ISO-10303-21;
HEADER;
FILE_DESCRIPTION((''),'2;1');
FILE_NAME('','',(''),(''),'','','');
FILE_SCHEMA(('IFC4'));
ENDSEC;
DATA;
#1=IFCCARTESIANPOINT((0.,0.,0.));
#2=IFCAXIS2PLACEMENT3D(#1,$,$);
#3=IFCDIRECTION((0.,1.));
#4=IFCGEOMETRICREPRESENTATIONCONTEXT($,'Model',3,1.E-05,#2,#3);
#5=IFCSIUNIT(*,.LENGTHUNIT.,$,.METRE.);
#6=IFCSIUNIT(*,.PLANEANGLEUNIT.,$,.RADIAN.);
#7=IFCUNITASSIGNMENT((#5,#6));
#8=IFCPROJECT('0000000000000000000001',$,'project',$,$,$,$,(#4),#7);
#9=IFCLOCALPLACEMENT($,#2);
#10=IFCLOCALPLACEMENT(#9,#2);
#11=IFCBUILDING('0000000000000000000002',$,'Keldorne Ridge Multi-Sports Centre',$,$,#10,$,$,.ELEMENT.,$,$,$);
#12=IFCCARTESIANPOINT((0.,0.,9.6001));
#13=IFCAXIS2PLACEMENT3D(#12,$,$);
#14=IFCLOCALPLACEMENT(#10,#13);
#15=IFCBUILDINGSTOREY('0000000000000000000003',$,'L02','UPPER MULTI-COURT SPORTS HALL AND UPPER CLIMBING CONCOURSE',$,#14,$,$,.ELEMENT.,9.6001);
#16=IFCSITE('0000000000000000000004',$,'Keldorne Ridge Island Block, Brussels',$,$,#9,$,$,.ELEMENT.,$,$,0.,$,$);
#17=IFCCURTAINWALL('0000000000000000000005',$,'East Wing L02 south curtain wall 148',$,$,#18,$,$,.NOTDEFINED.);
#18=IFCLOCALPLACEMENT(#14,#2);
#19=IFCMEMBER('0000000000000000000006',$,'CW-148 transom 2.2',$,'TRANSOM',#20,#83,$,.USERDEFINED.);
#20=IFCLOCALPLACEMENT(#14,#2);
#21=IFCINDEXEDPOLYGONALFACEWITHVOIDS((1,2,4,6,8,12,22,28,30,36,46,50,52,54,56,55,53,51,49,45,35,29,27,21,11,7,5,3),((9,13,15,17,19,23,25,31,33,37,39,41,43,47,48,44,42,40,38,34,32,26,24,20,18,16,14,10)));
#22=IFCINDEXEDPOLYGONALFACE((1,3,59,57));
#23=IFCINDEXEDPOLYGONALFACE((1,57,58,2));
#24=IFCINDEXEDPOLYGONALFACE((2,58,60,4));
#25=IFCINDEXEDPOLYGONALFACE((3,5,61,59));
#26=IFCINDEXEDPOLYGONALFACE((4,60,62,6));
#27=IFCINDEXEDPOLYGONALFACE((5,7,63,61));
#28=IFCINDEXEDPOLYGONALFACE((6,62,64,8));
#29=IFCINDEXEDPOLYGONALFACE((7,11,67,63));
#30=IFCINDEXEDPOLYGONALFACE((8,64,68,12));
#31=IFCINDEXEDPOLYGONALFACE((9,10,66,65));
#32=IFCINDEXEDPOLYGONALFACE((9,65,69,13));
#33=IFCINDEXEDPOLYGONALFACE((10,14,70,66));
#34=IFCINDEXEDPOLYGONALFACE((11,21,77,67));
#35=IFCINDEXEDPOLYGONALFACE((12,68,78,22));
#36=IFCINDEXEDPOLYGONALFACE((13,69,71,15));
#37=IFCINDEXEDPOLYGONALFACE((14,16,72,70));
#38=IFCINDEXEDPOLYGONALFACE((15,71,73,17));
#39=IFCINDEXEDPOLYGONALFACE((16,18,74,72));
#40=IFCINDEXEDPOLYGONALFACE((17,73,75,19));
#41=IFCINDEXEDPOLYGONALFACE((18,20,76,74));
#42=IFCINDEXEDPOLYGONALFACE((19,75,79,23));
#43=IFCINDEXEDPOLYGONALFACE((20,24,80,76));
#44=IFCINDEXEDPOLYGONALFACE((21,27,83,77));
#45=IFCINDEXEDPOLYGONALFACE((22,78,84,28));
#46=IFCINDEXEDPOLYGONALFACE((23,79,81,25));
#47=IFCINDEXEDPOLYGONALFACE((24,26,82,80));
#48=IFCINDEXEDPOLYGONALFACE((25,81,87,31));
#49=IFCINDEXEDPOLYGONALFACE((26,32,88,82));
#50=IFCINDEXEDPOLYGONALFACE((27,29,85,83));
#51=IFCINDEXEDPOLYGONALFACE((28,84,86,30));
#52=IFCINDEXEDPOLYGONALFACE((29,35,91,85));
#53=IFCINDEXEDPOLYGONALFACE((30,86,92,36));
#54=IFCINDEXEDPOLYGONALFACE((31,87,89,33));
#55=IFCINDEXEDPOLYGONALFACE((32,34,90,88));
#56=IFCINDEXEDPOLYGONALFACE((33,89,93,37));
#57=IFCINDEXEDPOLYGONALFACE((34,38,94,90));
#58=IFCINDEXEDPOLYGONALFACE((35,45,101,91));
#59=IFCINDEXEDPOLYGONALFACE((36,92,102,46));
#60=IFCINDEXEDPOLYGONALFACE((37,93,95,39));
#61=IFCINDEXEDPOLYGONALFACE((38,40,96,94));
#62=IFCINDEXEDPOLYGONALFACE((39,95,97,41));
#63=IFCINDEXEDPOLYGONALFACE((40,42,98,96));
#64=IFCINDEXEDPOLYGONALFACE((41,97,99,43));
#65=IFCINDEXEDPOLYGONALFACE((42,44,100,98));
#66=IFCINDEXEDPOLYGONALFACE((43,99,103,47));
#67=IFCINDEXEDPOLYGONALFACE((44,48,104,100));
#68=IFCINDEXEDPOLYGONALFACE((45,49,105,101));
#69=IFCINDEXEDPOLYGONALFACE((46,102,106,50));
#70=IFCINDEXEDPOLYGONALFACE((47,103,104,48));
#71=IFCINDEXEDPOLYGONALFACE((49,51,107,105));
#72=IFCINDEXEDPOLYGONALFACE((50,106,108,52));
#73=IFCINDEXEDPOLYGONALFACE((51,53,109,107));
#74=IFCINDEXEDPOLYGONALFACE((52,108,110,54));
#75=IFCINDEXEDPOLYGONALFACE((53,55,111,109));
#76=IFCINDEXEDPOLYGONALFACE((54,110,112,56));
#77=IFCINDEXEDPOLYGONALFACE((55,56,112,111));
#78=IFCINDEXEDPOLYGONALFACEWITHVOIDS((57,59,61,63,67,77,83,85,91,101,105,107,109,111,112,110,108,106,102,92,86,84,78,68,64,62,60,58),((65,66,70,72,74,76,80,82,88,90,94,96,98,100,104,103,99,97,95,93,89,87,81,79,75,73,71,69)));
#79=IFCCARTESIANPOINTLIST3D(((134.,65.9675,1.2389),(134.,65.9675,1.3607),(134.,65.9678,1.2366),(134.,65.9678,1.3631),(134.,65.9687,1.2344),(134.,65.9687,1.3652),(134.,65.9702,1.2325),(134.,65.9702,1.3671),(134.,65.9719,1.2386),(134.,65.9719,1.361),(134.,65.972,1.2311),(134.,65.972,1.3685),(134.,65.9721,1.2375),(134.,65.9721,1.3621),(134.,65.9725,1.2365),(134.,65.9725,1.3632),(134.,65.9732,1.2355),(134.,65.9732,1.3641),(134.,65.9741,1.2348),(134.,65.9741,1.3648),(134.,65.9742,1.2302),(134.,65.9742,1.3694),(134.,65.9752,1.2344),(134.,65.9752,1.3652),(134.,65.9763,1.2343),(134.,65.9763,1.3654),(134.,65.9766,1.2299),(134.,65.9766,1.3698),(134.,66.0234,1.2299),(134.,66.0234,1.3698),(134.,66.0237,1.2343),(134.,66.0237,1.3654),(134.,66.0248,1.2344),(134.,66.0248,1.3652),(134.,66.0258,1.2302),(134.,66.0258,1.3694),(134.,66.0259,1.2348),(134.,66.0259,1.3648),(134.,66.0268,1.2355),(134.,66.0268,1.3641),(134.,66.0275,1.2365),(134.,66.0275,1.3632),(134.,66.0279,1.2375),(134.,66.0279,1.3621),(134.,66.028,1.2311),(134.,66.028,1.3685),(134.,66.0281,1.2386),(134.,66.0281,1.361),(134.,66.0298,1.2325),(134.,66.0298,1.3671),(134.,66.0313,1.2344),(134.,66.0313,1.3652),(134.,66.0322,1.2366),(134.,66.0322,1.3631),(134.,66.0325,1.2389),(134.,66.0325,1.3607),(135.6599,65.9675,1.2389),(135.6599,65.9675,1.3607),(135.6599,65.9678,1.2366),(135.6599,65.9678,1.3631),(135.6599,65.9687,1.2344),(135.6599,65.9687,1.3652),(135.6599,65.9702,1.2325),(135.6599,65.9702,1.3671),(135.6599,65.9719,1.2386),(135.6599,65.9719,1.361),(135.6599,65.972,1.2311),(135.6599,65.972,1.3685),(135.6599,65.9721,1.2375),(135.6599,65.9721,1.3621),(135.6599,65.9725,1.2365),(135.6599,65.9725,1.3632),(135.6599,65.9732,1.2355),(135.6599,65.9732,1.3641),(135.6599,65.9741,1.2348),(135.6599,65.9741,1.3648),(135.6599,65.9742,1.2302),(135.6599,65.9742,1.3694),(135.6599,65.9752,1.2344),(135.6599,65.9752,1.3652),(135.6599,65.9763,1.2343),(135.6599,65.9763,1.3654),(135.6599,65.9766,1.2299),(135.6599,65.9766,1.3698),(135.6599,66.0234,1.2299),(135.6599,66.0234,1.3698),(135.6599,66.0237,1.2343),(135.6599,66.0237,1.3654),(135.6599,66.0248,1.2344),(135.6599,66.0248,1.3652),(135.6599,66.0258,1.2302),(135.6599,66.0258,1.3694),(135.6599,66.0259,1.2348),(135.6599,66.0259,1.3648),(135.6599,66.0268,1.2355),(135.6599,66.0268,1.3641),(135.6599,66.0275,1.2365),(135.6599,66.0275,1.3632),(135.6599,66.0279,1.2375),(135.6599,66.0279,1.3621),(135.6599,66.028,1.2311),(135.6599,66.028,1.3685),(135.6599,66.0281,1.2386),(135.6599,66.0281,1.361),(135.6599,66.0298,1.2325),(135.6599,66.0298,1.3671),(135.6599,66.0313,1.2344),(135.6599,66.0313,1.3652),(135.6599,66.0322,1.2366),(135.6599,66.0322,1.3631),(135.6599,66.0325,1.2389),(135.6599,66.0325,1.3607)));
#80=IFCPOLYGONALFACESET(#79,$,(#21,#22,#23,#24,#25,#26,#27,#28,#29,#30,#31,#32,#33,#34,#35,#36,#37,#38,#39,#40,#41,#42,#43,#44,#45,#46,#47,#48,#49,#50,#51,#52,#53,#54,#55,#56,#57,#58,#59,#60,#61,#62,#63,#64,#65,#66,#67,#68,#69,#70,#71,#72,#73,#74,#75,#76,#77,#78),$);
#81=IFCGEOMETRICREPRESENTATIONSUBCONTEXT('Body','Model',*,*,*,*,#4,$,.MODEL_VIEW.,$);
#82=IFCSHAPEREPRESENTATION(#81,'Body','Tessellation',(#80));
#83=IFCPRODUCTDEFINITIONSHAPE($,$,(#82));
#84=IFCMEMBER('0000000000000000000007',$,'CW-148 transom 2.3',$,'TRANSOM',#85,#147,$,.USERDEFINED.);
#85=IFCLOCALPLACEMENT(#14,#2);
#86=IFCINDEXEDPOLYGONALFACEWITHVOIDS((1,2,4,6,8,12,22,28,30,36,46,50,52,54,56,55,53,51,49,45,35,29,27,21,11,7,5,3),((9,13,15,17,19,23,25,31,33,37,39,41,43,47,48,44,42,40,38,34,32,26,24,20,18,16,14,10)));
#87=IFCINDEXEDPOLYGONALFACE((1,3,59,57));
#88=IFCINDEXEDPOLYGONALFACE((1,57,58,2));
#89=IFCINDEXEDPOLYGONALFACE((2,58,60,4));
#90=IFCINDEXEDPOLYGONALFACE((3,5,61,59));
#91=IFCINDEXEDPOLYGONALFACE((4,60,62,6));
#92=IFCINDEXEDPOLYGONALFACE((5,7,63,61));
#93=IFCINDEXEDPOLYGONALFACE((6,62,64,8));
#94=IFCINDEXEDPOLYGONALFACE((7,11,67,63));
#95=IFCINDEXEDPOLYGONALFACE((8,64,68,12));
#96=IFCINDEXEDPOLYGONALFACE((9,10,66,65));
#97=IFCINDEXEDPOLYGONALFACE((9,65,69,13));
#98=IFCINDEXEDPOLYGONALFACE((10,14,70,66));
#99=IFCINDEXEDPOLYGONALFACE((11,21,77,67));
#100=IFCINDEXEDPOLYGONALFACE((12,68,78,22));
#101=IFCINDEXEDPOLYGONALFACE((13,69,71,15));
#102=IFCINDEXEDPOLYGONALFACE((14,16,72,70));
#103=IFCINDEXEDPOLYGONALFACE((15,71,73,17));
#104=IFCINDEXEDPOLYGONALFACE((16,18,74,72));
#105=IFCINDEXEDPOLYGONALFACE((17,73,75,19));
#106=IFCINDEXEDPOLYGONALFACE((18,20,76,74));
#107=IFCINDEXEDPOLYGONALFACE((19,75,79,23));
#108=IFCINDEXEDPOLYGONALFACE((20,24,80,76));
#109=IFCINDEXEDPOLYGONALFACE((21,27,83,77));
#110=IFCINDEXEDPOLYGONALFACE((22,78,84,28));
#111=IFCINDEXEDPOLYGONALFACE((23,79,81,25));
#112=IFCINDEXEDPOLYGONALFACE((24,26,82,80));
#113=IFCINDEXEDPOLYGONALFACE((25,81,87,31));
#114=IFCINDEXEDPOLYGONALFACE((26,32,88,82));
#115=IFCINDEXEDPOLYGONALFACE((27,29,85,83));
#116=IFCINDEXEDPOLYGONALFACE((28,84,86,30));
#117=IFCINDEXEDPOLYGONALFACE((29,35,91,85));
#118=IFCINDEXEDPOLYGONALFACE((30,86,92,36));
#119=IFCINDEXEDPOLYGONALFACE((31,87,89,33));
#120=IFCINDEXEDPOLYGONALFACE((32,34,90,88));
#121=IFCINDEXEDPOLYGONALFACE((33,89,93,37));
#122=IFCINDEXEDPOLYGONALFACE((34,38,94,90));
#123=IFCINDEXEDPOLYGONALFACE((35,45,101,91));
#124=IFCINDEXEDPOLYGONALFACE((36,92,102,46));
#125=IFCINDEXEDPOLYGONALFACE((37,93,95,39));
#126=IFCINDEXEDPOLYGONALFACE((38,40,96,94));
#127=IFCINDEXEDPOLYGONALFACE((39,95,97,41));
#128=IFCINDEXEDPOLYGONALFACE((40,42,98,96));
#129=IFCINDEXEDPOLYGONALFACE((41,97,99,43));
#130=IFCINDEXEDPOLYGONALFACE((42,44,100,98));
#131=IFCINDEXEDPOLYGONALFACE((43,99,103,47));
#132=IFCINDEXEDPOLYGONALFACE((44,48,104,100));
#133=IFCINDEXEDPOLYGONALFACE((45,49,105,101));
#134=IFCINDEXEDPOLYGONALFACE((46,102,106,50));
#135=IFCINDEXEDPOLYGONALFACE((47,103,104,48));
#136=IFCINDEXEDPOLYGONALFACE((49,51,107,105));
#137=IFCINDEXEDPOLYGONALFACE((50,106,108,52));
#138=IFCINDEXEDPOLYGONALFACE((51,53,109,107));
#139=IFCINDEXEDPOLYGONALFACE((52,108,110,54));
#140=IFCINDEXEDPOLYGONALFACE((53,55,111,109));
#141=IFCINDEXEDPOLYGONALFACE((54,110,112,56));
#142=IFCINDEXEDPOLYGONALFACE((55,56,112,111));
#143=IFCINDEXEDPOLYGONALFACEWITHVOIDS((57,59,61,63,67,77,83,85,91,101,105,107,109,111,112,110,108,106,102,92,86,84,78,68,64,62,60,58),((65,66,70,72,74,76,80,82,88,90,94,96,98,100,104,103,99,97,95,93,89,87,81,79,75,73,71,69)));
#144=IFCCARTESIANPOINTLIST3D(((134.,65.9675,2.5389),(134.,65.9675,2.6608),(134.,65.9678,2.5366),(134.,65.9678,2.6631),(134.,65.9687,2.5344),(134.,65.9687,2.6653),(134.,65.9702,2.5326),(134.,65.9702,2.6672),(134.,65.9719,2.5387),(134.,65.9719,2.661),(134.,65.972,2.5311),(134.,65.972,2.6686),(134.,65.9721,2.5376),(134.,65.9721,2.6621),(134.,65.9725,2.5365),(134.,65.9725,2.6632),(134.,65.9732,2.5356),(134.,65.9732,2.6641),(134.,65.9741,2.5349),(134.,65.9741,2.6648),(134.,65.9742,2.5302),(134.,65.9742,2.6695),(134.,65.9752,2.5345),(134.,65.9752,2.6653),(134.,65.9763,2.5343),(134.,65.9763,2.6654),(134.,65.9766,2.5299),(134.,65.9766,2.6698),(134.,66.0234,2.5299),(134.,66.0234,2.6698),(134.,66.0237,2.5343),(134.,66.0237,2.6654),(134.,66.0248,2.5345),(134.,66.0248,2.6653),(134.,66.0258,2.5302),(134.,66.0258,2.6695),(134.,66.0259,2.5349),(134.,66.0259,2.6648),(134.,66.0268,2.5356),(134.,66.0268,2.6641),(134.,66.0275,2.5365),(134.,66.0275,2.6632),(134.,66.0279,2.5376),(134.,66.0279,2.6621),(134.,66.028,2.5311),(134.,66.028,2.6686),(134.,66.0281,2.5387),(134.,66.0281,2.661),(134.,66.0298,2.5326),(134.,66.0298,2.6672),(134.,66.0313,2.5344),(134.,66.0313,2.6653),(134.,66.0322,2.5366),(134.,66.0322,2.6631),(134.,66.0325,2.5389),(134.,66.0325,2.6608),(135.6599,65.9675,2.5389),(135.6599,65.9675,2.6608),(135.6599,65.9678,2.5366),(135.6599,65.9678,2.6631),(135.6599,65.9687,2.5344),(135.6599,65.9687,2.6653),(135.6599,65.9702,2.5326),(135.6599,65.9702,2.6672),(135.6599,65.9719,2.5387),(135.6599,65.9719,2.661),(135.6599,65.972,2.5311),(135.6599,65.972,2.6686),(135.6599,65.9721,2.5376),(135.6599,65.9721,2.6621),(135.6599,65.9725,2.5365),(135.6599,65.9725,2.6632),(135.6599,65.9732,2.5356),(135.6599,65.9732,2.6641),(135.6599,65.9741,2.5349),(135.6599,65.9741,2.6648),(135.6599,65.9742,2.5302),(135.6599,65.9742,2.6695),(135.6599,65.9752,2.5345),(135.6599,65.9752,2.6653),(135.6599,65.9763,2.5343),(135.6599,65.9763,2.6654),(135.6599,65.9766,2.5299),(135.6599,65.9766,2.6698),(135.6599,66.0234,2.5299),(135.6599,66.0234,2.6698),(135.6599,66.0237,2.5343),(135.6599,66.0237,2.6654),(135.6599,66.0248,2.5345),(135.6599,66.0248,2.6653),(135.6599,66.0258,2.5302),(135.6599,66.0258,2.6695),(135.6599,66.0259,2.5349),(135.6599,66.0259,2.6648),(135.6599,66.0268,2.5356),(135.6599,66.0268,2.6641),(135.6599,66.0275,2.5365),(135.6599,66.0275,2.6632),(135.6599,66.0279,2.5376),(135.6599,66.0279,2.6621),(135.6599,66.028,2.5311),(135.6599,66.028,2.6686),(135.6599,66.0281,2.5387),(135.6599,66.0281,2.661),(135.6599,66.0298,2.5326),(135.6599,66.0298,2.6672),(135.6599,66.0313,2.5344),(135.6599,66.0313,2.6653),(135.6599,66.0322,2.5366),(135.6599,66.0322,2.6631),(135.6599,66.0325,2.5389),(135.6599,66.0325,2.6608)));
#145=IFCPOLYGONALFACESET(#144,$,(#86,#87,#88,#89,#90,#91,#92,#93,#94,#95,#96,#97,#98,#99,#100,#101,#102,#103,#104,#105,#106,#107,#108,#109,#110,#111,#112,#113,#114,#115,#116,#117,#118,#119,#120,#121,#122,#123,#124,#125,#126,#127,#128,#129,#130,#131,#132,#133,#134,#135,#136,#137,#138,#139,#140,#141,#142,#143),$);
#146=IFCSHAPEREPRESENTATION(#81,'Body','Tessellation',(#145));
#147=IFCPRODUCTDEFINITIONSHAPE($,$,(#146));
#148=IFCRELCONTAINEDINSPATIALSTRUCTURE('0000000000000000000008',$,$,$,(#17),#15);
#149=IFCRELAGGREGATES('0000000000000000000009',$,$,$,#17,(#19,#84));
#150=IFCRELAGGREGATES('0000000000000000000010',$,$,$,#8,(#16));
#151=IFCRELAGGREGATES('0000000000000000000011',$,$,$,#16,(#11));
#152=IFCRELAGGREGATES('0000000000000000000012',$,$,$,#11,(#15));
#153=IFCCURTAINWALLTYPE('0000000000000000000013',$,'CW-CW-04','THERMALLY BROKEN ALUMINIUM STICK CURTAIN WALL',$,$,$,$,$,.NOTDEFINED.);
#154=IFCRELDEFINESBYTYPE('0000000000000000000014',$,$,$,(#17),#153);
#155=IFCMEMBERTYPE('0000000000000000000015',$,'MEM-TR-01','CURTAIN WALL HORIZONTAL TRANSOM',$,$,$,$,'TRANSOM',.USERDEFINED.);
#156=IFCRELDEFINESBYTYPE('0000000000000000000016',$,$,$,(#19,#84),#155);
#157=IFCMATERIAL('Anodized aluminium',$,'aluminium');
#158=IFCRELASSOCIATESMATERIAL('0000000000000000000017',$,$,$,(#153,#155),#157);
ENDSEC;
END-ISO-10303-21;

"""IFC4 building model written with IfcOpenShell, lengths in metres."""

from ifc_helpers import new_model, si_unit, direction, frame, origin, origin_2d, place, context, subcontext, project, spatial, hollow_rectangle, extrude, material, material_profile, profile_set, type_object, element, aggregate, save


model = new_model("IFC4")

# Units and contexts
model_context = context("Model", 3, precision=1e-05, world=origin(), true_north=direction((0.0, 1.0)))
body_context = subcontext(model_context, "Body", "Model", "MODEL_VIEW")
ifc_project = project(units=[si_unit("LENGTHUNIT", "METRE"), si_unit("PLANEANGLEUNIT", "RADIAN")], contexts=[model_context])

# Site, building, storey
site_placement = place(None, origin())
site = spatial("IfcSite", under=ifc_project, at=site_placement, Name="Keldorne Ridge Island Block, Brussels", CompositionType="ELEMENT", RefElevation=0.0)
building_placement = place(site_placement, origin())
building = spatial("IfcBuilding", under=site, at=building_placement, Name="Keldorne Ridge Multi-Sports Centre", CompositionType="ELEMENT")
storey_placement = place(building_placement, frame((0.0, 0.0, 9.6001)))
storey = spatial("IfcBuildingStorey", under=building, at=storey_placement, Name="L02", Description="UPPER MULTI-COURT SPORTS HALL AND UPPER CLIMBING CONCOURSE", CompositionType="ELEMENT", Elevation=9.6001)

# Curtain wall
ifc_material_1 = material(Name="Anodized aluminium", Category="aluminium")
curtain_wall_type_1 = type_object("IfcCurtainWallType", Name="CW-CW-04", Description="THERMALLY BROKEN ALUMINIUM STICK CURTAIN WALL", PredefinedType="NOTDEFINED", material=ifc_material_1)
curtain_wall_1_placement = place(storey_placement, origin())
curtain_wall_1 = element("IfcCurtainWall", 1, at=curtain_wall_1_placement, inside=storey, type_object=curtain_wall_type_1, Name="East Wing L02 south curtain wall 148", PredefinedType="NOTDEFINED")

# Members
ifc_material_profile_1 = material_profile(ifc_material_1, hollow_rectangle(XDim=0.0649, YDim=0.1399, WallThickness=0.0044, InnerFilletRadius=0.0044, OuterFilletRadius=0.009, at=origin_2d()), Name="ALU TRANSOM 140x65x4.5")
ifc_profile_set_1 = profile_set([ifc_material_profile_1], Name="Anodized aluminium")
member_type_1 = type_object("IfcMemberType", Name="MEM-TR-01", Description="CURTAIN WALL HORIZONTAL TRANSOM", ElementType="TRANSOM", PredefinedType="USERDEFINED", material=ifc_profile_set_1)
member_1_placement = place(storey_placement, frame((134.0, 66.0, 1.2998), z_axis=(1.0, 0.0, 0.0), x_axis=(0.0, 1.0, 0.0)))
member_1 = element("IfcMember", 2, at=member_1_placement, type_object=member_type_1, Name="CW-148 transom 2.2", ObjectType="TRANSOM", PredefinedType="USERDEFINED", context=body_context, shape_type="SweptSolid", body=[
    extrude(hollow_rectangle(XDim=0.0649, YDim=0.1399, WallThickness=0.0044, InnerFilletRadius=0.0044, OuterFilletRadius=0.009, at=origin_2d()), origin(), (0.0, 0.0, 1.0), 1.6599),
])
member_2_placement = place(storey_placement, frame((134.0, 66.0, 2.5999), z_axis=(1.0, 0.0, 0.0), x_axis=(0.0, 1.0, 0.0)))
member_2 = element("IfcMember", 3, at=member_2_placement, type_object=member_type_1, Name="CW-148 transom 2.3", ObjectType="TRANSOM", PredefinedType="USERDEFINED", context=body_context, shape_type="SweptSolid", body=[
    extrude(hollow_rectangle(XDim=0.0649, YDim=0.1399, WallThickness=0.0044, InnerFilletRadius=0.0044, OuterFilletRadius=0.009, at=origin_2d()), origin(), (0.0, 0.0, 1.0), 1.6599),
])

aggregate(curtain_wall_1, [member_1, member_2])

save(model, "model.ifc")
